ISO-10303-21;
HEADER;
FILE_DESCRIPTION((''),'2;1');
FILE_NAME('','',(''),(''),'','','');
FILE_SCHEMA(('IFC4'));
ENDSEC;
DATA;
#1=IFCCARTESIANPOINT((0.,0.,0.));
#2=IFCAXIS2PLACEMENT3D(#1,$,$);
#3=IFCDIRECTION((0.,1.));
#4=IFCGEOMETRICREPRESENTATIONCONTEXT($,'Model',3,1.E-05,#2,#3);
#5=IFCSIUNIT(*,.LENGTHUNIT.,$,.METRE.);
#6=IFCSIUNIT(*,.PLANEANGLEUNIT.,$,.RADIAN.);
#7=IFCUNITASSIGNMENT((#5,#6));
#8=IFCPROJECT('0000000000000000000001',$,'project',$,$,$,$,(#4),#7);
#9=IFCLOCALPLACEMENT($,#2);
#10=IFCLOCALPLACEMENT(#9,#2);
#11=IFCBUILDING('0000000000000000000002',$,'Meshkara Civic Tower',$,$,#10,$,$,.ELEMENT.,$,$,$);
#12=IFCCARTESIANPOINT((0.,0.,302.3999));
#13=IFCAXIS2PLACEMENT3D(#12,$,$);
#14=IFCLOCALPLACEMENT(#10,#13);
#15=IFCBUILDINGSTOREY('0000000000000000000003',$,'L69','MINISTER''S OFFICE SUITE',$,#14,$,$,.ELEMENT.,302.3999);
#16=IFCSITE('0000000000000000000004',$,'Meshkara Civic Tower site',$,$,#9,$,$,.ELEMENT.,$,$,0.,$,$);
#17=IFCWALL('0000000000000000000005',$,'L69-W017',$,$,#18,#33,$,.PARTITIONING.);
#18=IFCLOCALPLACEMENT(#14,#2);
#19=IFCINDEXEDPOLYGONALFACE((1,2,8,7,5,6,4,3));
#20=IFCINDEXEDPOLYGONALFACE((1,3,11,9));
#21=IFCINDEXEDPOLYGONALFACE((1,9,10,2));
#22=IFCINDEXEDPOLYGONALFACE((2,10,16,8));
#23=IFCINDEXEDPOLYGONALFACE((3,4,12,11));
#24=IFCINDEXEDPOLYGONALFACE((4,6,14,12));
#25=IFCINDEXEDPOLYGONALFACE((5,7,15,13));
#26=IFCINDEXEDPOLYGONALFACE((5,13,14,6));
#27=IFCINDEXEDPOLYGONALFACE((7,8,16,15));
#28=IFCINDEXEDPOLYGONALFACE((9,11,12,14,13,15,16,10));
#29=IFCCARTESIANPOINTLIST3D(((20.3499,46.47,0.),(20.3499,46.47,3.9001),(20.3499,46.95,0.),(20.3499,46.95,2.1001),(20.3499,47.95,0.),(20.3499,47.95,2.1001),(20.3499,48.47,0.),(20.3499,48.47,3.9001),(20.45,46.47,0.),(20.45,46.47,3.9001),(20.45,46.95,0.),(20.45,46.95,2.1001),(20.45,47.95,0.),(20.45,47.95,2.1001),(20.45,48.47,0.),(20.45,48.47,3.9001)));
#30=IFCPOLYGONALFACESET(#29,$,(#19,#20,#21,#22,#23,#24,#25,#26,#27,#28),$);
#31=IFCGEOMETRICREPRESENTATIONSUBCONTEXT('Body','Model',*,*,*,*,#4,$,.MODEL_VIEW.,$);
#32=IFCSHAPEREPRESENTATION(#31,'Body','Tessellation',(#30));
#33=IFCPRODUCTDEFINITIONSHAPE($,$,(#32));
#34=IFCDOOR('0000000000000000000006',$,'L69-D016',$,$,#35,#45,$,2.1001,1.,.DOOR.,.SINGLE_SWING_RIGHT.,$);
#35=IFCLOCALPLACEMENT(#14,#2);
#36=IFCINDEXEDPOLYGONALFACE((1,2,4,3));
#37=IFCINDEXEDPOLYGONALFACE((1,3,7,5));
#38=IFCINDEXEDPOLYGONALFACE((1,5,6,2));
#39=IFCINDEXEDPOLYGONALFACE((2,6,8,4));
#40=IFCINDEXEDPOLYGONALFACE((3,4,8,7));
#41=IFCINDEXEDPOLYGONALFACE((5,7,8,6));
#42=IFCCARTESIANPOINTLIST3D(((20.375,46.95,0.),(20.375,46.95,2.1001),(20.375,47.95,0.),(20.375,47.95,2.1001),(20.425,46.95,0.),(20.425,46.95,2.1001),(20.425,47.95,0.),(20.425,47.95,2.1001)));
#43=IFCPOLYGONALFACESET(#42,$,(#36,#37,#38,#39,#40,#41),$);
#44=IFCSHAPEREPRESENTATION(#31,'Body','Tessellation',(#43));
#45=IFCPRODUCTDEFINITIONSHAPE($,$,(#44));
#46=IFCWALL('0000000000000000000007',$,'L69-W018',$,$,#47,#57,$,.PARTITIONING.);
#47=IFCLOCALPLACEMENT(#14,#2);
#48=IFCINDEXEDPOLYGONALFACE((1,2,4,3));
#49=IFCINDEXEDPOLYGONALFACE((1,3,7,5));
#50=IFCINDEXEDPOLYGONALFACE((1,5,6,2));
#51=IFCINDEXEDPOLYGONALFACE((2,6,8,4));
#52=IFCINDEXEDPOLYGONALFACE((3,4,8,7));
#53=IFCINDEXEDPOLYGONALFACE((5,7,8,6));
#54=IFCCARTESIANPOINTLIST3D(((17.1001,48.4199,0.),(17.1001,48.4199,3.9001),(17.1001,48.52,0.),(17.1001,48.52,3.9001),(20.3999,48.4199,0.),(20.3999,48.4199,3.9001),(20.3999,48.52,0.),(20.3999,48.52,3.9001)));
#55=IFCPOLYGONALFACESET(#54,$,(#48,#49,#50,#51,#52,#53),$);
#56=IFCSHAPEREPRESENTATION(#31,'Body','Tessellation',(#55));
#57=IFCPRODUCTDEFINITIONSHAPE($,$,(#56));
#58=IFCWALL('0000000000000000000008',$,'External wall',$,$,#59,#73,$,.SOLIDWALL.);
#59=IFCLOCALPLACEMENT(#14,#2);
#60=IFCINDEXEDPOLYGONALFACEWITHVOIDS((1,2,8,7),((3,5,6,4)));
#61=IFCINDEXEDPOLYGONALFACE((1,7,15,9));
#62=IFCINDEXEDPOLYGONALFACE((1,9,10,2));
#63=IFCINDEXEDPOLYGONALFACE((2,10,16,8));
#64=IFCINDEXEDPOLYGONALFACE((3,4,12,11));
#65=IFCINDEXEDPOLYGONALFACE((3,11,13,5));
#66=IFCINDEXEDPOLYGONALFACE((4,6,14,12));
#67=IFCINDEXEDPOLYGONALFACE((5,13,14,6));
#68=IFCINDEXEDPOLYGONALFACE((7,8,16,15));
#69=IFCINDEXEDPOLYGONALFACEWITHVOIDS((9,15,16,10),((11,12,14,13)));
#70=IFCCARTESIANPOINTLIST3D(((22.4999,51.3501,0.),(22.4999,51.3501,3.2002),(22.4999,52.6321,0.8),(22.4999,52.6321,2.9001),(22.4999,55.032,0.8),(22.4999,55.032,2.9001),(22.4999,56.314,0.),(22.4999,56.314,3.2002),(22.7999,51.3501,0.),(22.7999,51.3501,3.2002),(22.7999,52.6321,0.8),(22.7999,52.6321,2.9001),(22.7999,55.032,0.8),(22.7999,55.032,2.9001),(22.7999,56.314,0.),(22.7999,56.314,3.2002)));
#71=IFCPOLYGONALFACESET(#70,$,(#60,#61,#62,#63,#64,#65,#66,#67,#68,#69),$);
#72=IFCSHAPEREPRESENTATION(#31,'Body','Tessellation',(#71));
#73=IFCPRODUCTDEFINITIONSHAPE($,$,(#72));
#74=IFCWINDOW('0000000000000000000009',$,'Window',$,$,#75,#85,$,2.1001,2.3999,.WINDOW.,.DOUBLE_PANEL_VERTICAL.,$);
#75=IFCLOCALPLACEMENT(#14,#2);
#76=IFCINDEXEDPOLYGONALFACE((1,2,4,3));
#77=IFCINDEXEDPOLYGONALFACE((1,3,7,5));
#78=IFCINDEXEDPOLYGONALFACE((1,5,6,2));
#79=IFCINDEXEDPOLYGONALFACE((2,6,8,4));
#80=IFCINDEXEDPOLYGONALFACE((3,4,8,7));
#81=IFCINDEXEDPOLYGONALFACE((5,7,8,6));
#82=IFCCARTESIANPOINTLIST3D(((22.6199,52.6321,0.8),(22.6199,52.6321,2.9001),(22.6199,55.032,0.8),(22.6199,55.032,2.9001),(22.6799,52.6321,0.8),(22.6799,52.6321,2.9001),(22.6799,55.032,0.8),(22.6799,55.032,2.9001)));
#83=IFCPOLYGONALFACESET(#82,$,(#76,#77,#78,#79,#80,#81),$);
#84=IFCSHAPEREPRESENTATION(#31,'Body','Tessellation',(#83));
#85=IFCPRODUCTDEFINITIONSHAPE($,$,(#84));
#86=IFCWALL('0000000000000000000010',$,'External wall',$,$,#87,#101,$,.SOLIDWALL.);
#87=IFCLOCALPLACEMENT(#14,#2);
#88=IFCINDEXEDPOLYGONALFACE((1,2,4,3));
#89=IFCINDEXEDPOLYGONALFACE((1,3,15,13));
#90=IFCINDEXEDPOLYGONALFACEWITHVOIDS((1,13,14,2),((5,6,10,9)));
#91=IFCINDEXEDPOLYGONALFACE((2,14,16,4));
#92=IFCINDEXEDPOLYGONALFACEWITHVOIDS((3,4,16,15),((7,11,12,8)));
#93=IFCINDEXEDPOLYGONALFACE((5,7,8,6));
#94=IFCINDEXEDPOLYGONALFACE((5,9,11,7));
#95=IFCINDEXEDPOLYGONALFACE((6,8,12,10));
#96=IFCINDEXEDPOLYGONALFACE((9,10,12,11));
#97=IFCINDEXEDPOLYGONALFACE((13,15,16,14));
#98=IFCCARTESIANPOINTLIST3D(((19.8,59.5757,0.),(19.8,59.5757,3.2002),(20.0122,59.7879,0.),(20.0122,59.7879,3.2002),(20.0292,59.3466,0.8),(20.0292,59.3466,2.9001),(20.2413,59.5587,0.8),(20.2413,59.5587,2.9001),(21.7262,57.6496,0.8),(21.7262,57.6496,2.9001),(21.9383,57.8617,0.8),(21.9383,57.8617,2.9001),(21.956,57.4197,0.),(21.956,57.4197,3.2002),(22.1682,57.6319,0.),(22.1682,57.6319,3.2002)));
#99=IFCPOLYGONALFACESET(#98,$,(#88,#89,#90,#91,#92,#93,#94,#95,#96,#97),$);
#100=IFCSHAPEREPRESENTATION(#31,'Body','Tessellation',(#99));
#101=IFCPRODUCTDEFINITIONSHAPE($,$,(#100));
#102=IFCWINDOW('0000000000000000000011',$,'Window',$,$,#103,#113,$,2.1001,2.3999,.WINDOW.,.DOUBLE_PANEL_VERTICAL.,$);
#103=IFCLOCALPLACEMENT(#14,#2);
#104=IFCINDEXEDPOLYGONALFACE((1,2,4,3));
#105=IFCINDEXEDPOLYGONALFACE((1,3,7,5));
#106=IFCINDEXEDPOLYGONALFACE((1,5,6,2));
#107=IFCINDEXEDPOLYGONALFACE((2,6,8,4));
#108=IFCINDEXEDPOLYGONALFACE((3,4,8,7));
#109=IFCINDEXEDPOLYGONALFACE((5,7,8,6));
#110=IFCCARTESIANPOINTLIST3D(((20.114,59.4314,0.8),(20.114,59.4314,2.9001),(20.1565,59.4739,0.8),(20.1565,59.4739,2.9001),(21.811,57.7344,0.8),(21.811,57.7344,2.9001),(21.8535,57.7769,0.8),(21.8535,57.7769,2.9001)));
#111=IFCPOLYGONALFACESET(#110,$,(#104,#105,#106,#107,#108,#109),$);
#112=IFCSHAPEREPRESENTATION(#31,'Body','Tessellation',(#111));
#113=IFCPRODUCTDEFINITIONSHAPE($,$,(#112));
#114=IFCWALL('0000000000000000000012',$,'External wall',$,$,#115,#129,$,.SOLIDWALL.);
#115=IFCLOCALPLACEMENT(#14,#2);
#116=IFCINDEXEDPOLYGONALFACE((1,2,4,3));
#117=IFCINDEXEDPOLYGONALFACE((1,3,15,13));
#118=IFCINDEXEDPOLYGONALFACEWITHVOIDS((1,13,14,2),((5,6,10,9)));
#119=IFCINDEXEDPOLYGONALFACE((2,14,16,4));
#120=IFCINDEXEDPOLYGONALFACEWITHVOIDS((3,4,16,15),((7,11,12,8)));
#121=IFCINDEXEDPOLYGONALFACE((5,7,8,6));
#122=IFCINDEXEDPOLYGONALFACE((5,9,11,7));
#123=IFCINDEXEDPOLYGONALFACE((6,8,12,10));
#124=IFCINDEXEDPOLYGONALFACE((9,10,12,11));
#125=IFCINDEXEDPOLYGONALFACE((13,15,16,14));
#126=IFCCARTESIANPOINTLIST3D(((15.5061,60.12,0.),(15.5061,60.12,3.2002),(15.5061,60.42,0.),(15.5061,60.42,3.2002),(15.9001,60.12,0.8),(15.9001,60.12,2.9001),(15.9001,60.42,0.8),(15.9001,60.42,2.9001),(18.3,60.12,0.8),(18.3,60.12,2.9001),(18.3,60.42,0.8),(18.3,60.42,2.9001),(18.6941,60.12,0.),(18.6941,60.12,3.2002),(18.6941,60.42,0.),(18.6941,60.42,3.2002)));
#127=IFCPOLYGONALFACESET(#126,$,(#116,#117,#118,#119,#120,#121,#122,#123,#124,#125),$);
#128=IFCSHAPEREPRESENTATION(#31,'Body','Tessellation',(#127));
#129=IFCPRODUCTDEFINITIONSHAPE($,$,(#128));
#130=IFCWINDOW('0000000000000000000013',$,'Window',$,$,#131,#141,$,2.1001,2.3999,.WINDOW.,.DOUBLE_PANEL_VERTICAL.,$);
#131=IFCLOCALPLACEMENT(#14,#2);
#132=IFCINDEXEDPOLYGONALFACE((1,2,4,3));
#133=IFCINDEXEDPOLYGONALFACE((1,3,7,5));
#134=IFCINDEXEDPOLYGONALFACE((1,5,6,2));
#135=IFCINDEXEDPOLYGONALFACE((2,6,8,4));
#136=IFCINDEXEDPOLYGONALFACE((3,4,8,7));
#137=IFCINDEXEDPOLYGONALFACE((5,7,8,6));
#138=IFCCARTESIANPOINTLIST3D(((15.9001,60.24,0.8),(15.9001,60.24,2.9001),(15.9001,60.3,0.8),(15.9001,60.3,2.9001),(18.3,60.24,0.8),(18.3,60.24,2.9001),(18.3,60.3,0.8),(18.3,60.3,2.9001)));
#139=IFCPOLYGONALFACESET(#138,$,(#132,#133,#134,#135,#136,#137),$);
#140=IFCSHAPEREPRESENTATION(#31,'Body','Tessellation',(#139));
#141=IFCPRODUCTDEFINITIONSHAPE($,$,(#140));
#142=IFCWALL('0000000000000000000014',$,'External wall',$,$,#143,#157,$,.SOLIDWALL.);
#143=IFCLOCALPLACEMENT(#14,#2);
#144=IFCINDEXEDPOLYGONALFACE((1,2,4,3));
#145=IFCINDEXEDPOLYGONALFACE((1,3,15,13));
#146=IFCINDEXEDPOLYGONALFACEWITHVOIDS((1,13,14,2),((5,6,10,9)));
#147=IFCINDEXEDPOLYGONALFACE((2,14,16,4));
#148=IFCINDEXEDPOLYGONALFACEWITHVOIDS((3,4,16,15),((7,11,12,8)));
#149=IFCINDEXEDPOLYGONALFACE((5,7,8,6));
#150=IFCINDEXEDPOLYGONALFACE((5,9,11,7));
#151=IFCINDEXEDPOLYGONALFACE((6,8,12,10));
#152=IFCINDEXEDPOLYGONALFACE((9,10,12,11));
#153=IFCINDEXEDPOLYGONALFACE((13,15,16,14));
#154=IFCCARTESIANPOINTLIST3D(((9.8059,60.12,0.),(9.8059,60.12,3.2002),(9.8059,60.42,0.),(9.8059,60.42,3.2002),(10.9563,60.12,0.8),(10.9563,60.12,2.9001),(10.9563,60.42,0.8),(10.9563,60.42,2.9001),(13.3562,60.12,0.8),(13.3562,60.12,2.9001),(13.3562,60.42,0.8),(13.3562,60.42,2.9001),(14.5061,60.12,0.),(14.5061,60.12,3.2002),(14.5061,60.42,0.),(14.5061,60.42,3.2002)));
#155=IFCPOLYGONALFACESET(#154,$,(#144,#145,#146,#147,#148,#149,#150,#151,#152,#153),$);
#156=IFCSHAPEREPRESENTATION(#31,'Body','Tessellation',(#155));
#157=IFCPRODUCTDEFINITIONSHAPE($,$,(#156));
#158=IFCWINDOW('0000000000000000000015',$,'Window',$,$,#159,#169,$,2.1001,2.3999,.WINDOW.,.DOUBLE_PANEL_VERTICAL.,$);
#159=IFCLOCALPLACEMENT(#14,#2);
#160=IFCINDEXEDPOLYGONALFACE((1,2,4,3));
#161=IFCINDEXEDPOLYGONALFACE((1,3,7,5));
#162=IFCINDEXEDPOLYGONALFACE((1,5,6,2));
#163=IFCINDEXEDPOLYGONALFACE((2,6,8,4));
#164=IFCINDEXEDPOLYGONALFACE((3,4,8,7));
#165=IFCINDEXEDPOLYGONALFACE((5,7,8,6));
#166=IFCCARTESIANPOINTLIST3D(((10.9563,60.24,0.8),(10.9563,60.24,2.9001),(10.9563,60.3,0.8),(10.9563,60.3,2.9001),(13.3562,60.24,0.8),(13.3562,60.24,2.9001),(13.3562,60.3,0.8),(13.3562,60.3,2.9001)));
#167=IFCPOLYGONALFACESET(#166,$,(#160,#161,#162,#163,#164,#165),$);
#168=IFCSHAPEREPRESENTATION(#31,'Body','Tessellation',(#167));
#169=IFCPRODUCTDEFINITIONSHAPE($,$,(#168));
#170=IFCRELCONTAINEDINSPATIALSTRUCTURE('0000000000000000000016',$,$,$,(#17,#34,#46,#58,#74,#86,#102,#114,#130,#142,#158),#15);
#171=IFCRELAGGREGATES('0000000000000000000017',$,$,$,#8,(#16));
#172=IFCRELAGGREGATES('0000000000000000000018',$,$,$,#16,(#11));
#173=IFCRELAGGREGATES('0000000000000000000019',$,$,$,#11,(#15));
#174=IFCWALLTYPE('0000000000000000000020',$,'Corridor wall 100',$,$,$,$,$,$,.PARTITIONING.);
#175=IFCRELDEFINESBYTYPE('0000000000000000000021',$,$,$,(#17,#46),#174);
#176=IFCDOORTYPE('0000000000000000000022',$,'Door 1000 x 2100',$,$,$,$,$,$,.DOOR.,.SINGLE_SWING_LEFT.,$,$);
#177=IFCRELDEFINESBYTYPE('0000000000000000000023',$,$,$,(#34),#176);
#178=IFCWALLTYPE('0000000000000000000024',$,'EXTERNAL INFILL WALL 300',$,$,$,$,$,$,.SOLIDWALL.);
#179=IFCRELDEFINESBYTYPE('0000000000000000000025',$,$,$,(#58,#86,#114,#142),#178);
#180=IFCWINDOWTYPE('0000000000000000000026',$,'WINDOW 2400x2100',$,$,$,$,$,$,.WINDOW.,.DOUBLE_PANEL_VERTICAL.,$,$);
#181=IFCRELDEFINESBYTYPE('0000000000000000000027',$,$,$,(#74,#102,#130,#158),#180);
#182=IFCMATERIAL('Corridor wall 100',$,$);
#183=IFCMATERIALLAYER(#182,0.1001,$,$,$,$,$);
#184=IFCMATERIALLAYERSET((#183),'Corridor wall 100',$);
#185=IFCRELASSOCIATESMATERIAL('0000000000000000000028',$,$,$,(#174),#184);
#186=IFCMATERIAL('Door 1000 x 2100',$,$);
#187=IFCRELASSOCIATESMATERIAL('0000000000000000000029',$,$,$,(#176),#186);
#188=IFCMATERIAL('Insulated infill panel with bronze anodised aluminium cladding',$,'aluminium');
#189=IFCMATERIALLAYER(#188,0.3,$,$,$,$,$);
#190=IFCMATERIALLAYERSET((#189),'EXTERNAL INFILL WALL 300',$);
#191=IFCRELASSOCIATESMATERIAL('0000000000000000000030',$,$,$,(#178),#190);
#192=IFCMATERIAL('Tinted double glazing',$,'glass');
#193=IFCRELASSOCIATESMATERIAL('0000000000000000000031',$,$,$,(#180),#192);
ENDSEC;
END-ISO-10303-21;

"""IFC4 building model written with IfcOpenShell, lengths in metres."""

from ifc_helpers import new_model, si_unit, direction, frame, frame_2d, origin, place, context, subcontext, project, spatial, rectangle, extrude, material, layer, layer_set, type_object, element, fill, save


model = new_model("IFC4")

# Units and contexts
model_context = context("Model", 3, precision=1e-05, world=origin(), true_north=direction((0.0, 1.0)))
body_context = subcontext(model_context, "Body", "Model", "MODEL_VIEW")
ifc_project = project(units=[si_unit("LENGTHUNIT", "METRE"), si_unit("PLANEANGLEUNIT", "RADIAN")], contexts=[model_context])

# Site, building, storey
site_placement = place(None, origin())
site = spatial("IfcSite", under=ifc_project, at=site_placement, Name="Meshkara Civic Tower site", CompositionType="ELEMENT", RefElevation=0.0)
building_placement = place(site_placement, origin())
building = spatial("IfcBuilding", under=site, at=building_placement, Name="Meshkara Civic Tower", CompositionType="ELEMENT")
storey_placement = place(building_placement, frame((0.0, 0.0, 302.3999)))
storey = spatial("IfcBuildingStorey", under=building, at=storey_placement, Name="L69", Description="MINISTER'S OFFICE SUITE", CompositionType="ELEMENT", Elevation=302.3999)

# Shared definitions
ifc_material_1 = material(Name="Corridor wall 100")
ifc_layer_1 = layer(ifc_material_1, 0.1001)
ifc_layer_set_1 = layer_set([ifc_layer_1], Name="Corridor wall 100")
wall_type_1 = type_object("IfcWallType", Name="Corridor wall 100", PredefinedType="PARTITIONING", material=ifc_layer_set_1)

# Wall, opening, door
ifc_material_2 = material(Name="Door 1000 x 2100")
door_type = type_object("IfcDoorType", Name="Door 1000 x 2100", OperationType="SINGLE_SWING_LEFT", PredefinedType="DOOR", material=ifc_material_2)
wall_1_placement = place(storey_placement, frame((20.3999, 46.47, 0.0), z_axis=(0.0, 0.0, 1.0), x_axis=(0.0, 1.0, 0.0)))
wall_1 = element("IfcWall", 1, at=wall_1_placement, inside=storey, type_object=wall_type_1, Name="L69-W017", PredefinedType="PARTITIONING", context=body_context, shape_type="SweptSolid", body=[
    extrude(rectangle(XDim=2.0, YDim=0.1001, at=frame_2d((1.0, 0.0))), origin(), (0.0, 0.0, 1.0), 3.9001),
])
opening_1_placement = place(wall_1_placement, frame((0.48, 0.0, 0.0)))
opening_1 = element("IfcOpeningElement", 2, at=opening_1_placement, cuts=wall_1, PredefinedType="OPENING", context=body_context, shape_type="SweptSolid", body=[
    extrude(rectangle(XDim=1.0, YDim=2.1001, at=frame_2d((0.5, 1.05))), frame((0.0, 0.0601, 0.0), z_axis=(0.0, -1.0, 0.0), x_axis=(1.0, 0.0, 0.0)), (0.0, 0.0, 1.0), 0.1201),
])
door_1_placement = place(opening_1_placement, origin())
door_1 = element("IfcDoor", 3, at=door_1_placement, inside=storey, type_object=door_type, Name="L69-D016", OperationType="SINGLE_SWING_RIGHT", OverallHeight=2.1001, OverallWidth=1.0, PredefinedType="DOOR", context=body_context, shape_type="SweptSolid", body=[
    extrude(rectangle(XDim=1.0, YDim=2.1001, at=frame_2d((0.5, 1.05))), frame((0.0, 0.0249, 0.0), z_axis=(0.0, -1.0, 0.0), x_axis=(1.0, 0.0, 0.0)), (0.0, 0.0, 1.0), 0.05),
])
fill(opening_1, door_1)

# Wall
wall_2_placement = place(storey_placement, frame((20.3999, 48.47, 0.0), z_axis=(0.0, 0.0, 1.0), x_axis=(-1.0, 0.0, 0.0)))
element("IfcWall", 4, at=wall_2_placement, inside=storey, type_object=wall_type_1, Name="L69-W018", PredefinedType="PARTITIONING", context=body_context, shape_type="SweptSolid", body=[
    extrude(rectangle(XDim=3.2998, YDim=0.1001, at=frame_2d((1.6499, 0.0))), origin(), (0.0, 0.0, 1.0), 3.9001),
])

# Walls, openings, windows
ifc_material_3 = material(Name="Insulated infill panel with bronze anodised aluminium cladding", Category="aluminium")
ifc_layer_2 = layer(ifc_material_3, 0.3)
ifc_layer_set_2 = layer_set([ifc_layer_2], Name="EXTERNAL INFILL WALL 300")
wall_type_2 = type_object("IfcWallType", Name="EXTERNAL INFILL WALL 300", PredefinedType="SOLIDWALL", material=ifc_layer_set_2)
wall_3_placement = place(storey_placement, frame((22.6499, 51.3501, 0.0), z_axis=(0.0, 0.0, 1.0), x_axis=(0.0, 1.0, 0.0)))
wall_3 = element("IfcWall", 5, at=wall_3_placement, inside=storey, type_object=wall_type_2, Name="External wall", PredefinedType="SOLIDWALL", context=body_context, shape_type="SweptSolid", body=[
    extrude(rectangle(XDim=4.9639, YDim=0.3, at=frame_2d((2.4819, 0.0))), origin(), (0.0, 0.0, 1.0), 3.2002),
])
opening_2_placement = place(wall_3_placement, frame((1.282, 0.0, 0.8)))
opening_2 = element("IfcOpeningElement", 6, at=opening_2_placement, cuts=wall_3, PredefinedType="OPENING", context=body_context, shape_type="SweptSolid", body=[
    extrude(rectangle(XDim=2.3999, YDim=2.1001, at=frame_2d((1.2, 1.05))), frame((0.0, 0.1599, 0.0), z_axis=(0.0, -1.0, 0.0), x_axis=(1.0, 0.0, 0.0)), (0.0, 0.0, 1.0), 0.3201),
])
ifc_material_4 = material(Name="Tinted double glazing", Category="glass")
window_type = type_object("IfcWindowType", Name="WINDOW 2400x2100", PartitioningType="DOUBLE_PANEL_VERTICAL", PredefinedType="WINDOW", material=ifc_material_4)
window_1_placement = place(opening_2_placement, origin())
window_1 = element("IfcWindow", 7, at=window_1_placement, inside=storey, type_object=window_type, Name="Window", OverallHeight=2.1001, OverallWidth=2.3999, PartitioningType="DOUBLE_PANEL_VERTICAL", PredefinedType="WINDOW", context=body_context, shape_type="SweptSolid", body=[
    extrude(rectangle(XDim=2.3999, YDim=2.1001, at=frame_2d((1.2, 1.05))), frame((0.0, 0.03, 0.0), z_axis=(0.0, -1.0, 0.0), x_axis=(1.0, 0.0, 0.0)), (0.0, 0.0, 1.0), 0.0601),
])
fill(opening_2, window_1)
wall_4_placement = place(storey_placement, frame((22.062, 57.5259, 0.0), z_axis=(0.0, 0.0, 1.0), x_axis=(-0.707107, 0.707107, 0.0)))
wall_4 = element("IfcWall", 8, at=wall_4_placement, inside=storey, type_object=wall_type_2, Name="External wall", PredefinedType="SOLIDWALL", context=body_context, shape_type="SweptSolid", body=[
    extrude(rectangle(XDim=3.0491, YDim=0.3, at=frame_2d((1.5244, 0.0))), origin(), (0.0, 0.0, 1.0), 3.2002),
])
opening_3_placement = place(wall_4_placement, frame((0.325, 0.0, 0.8)))
opening_3 = element("IfcOpeningElement", 9, at=opening_3_placement, cuts=wall_4, PredefinedType="OPENING", context=body_context, shape_type="SweptSolid", body=[
    extrude(rectangle(XDim=2.3999, YDim=2.1001, at=frame_2d((1.2, 1.05))), frame((0.0, 0.1599, 0.0), z_axis=(0.0, -1.0, 0.0), x_axis=(1.0, 0.0, 0.0)), (0.0, 0.0, 1.0), 0.3201),
])
window_2_placement = place(opening_3_placement, origin())
window_2 = element("IfcWindow", 10, at=window_2_placement, inside=storey, type_object=window_type, Name="Window", OverallHeight=2.1001, OverallWidth=2.3999, PartitioningType="DOUBLE_PANEL_VERTICAL", PredefinedType="WINDOW", context=body_context, shape_type="SweptSolid", body=[
    extrude(rectangle(XDim=2.3999, YDim=2.1001, at=frame_2d((1.2, 1.05))), frame((0.0, 0.03, 0.0), z_axis=(0.0, -1.0, 0.0), x_axis=(1.0, 0.0, 0.0)), (0.0, 0.0, 1.0), 0.0601),
])
fill(opening_3, window_2)
wall_5_placement = place(storey_placement, frame((18.6941, 60.27, 0.0), z_axis=(0.0, 0.0, 1.0), x_axis=(-1.0, 0.0, 0.0)))
wall_5 = element("IfcWall", 11, at=wall_5_placement, inside=storey, type_object=wall_type_2, Name="External wall", PredefinedType="SOLIDWALL", context=body_context, shape_type="SweptSolid", body=[
    extrude(rectangle(XDim=3.188, YDim=0.3, at=frame_2d((1.594, 0.0))), origin(), (0.0, 0.0, 1.0), 3.2002),
])
opening_4_placement = place(wall_5_placement, frame((0.394, 0.0, 0.8)))
opening_4 = element("IfcOpeningElement", 12, at=opening_4_placement, cuts=wall_5, PredefinedType="OPENING", context=body_context, shape_type="SweptSolid", body=[
    extrude(rectangle(XDim=2.3999, YDim=2.1001, at=frame_2d((1.2, 1.05))), frame((0.0, 0.1599, 0.0), z_axis=(0.0, -1.0, 0.0), x_axis=(1.0, 0.0, 0.0)), (0.0, 0.0, 1.0), 0.3201),
])
window_3_placement = place(opening_4_placement, origin())
window_3 = element("IfcWindow", 13, at=window_3_placement, inside=storey, type_object=window_type, Name="Window", OverallHeight=2.1001, OverallWidth=2.3999, PartitioningType="DOUBLE_PANEL_VERTICAL", PredefinedType="WINDOW", context=body_context, shape_type="SweptSolid", body=[
    extrude(rectangle(XDim=2.3999, YDim=2.1001, at=frame_2d((1.2, 1.05))), frame((0.0, 0.03, 0.0), z_axis=(0.0, -1.0, 0.0), x_axis=(1.0, 0.0, 0.0)), (0.0, 0.0, 1.0), 0.0601),
])
fill(opening_4, window_3)
wall_6_placement = place(storey_placement, frame((14.5061, 60.27, 0.0), z_axis=(0.0, 0.0, 1.0), x_axis=(-1.0, 0.0, 0.0)))
wall_6 = element("IfcWall", 14, at=wall_6_placement, inside=storey, type_object=wall_type_2, Name="External wall", PredefinedType="SOLIDWALL", context=body_context, shape_type="SweptSolid", body=[
    extrude(rectangle(XDim=4.7002, YDim=0.3, at=frame_2d((2.3501, 0.0))), origin(), (0.0, 0.0, 1.0), 3.2002),
])
opening_5_placement = place(wall_6_placement, frame((1.1499, 0.0, 0.8)))
opening_5 = element("IfcOpeningElement", 15, at=opening_5_placement, cuts=wall_6, PredefinedType="OPENING", context=body_context, shape_type="SweptSolid", body=[
    extrude(rectangle(XDim=2.3999, YDim=2.1001, at=frame_2d((1.2, 1.05))), frame((0.0, 0.1599, 0.0), z_axis=(0.0, -1.0, 0.0), x_axis=(1.0, 0.0, 0.0)), (0.0, 0.0, 1.0), 0.3201),
])
window_4_placement = place(opening_5_placement, origin())
window_4 = element("IfcWindow", 16, at=window_4_placement, inside=storey, type_object=window_type, Name="Window", OverallHeight=2.1001, OverallWidth=2.3999, PartitioningType="DOUBLE_PANEL_VERTICAL", PredefinedType="WINDOW", context=body_context, shape_type="SweptSolid", body=[
    extrude(rectangle(XDim=2.3999, YDim=2.1001, at=frame_2d((1.2, 1.05))), frame((0.0, 0.03, 0.0), z_axis=(0.0, -1.0, 0.0), x_axis=(1.0, 0.0, 0.0)), (0.0, 0.0, 1.0), 0.0601),
])
fill(opening_5, window_4)

save(model, "model.ifc")
